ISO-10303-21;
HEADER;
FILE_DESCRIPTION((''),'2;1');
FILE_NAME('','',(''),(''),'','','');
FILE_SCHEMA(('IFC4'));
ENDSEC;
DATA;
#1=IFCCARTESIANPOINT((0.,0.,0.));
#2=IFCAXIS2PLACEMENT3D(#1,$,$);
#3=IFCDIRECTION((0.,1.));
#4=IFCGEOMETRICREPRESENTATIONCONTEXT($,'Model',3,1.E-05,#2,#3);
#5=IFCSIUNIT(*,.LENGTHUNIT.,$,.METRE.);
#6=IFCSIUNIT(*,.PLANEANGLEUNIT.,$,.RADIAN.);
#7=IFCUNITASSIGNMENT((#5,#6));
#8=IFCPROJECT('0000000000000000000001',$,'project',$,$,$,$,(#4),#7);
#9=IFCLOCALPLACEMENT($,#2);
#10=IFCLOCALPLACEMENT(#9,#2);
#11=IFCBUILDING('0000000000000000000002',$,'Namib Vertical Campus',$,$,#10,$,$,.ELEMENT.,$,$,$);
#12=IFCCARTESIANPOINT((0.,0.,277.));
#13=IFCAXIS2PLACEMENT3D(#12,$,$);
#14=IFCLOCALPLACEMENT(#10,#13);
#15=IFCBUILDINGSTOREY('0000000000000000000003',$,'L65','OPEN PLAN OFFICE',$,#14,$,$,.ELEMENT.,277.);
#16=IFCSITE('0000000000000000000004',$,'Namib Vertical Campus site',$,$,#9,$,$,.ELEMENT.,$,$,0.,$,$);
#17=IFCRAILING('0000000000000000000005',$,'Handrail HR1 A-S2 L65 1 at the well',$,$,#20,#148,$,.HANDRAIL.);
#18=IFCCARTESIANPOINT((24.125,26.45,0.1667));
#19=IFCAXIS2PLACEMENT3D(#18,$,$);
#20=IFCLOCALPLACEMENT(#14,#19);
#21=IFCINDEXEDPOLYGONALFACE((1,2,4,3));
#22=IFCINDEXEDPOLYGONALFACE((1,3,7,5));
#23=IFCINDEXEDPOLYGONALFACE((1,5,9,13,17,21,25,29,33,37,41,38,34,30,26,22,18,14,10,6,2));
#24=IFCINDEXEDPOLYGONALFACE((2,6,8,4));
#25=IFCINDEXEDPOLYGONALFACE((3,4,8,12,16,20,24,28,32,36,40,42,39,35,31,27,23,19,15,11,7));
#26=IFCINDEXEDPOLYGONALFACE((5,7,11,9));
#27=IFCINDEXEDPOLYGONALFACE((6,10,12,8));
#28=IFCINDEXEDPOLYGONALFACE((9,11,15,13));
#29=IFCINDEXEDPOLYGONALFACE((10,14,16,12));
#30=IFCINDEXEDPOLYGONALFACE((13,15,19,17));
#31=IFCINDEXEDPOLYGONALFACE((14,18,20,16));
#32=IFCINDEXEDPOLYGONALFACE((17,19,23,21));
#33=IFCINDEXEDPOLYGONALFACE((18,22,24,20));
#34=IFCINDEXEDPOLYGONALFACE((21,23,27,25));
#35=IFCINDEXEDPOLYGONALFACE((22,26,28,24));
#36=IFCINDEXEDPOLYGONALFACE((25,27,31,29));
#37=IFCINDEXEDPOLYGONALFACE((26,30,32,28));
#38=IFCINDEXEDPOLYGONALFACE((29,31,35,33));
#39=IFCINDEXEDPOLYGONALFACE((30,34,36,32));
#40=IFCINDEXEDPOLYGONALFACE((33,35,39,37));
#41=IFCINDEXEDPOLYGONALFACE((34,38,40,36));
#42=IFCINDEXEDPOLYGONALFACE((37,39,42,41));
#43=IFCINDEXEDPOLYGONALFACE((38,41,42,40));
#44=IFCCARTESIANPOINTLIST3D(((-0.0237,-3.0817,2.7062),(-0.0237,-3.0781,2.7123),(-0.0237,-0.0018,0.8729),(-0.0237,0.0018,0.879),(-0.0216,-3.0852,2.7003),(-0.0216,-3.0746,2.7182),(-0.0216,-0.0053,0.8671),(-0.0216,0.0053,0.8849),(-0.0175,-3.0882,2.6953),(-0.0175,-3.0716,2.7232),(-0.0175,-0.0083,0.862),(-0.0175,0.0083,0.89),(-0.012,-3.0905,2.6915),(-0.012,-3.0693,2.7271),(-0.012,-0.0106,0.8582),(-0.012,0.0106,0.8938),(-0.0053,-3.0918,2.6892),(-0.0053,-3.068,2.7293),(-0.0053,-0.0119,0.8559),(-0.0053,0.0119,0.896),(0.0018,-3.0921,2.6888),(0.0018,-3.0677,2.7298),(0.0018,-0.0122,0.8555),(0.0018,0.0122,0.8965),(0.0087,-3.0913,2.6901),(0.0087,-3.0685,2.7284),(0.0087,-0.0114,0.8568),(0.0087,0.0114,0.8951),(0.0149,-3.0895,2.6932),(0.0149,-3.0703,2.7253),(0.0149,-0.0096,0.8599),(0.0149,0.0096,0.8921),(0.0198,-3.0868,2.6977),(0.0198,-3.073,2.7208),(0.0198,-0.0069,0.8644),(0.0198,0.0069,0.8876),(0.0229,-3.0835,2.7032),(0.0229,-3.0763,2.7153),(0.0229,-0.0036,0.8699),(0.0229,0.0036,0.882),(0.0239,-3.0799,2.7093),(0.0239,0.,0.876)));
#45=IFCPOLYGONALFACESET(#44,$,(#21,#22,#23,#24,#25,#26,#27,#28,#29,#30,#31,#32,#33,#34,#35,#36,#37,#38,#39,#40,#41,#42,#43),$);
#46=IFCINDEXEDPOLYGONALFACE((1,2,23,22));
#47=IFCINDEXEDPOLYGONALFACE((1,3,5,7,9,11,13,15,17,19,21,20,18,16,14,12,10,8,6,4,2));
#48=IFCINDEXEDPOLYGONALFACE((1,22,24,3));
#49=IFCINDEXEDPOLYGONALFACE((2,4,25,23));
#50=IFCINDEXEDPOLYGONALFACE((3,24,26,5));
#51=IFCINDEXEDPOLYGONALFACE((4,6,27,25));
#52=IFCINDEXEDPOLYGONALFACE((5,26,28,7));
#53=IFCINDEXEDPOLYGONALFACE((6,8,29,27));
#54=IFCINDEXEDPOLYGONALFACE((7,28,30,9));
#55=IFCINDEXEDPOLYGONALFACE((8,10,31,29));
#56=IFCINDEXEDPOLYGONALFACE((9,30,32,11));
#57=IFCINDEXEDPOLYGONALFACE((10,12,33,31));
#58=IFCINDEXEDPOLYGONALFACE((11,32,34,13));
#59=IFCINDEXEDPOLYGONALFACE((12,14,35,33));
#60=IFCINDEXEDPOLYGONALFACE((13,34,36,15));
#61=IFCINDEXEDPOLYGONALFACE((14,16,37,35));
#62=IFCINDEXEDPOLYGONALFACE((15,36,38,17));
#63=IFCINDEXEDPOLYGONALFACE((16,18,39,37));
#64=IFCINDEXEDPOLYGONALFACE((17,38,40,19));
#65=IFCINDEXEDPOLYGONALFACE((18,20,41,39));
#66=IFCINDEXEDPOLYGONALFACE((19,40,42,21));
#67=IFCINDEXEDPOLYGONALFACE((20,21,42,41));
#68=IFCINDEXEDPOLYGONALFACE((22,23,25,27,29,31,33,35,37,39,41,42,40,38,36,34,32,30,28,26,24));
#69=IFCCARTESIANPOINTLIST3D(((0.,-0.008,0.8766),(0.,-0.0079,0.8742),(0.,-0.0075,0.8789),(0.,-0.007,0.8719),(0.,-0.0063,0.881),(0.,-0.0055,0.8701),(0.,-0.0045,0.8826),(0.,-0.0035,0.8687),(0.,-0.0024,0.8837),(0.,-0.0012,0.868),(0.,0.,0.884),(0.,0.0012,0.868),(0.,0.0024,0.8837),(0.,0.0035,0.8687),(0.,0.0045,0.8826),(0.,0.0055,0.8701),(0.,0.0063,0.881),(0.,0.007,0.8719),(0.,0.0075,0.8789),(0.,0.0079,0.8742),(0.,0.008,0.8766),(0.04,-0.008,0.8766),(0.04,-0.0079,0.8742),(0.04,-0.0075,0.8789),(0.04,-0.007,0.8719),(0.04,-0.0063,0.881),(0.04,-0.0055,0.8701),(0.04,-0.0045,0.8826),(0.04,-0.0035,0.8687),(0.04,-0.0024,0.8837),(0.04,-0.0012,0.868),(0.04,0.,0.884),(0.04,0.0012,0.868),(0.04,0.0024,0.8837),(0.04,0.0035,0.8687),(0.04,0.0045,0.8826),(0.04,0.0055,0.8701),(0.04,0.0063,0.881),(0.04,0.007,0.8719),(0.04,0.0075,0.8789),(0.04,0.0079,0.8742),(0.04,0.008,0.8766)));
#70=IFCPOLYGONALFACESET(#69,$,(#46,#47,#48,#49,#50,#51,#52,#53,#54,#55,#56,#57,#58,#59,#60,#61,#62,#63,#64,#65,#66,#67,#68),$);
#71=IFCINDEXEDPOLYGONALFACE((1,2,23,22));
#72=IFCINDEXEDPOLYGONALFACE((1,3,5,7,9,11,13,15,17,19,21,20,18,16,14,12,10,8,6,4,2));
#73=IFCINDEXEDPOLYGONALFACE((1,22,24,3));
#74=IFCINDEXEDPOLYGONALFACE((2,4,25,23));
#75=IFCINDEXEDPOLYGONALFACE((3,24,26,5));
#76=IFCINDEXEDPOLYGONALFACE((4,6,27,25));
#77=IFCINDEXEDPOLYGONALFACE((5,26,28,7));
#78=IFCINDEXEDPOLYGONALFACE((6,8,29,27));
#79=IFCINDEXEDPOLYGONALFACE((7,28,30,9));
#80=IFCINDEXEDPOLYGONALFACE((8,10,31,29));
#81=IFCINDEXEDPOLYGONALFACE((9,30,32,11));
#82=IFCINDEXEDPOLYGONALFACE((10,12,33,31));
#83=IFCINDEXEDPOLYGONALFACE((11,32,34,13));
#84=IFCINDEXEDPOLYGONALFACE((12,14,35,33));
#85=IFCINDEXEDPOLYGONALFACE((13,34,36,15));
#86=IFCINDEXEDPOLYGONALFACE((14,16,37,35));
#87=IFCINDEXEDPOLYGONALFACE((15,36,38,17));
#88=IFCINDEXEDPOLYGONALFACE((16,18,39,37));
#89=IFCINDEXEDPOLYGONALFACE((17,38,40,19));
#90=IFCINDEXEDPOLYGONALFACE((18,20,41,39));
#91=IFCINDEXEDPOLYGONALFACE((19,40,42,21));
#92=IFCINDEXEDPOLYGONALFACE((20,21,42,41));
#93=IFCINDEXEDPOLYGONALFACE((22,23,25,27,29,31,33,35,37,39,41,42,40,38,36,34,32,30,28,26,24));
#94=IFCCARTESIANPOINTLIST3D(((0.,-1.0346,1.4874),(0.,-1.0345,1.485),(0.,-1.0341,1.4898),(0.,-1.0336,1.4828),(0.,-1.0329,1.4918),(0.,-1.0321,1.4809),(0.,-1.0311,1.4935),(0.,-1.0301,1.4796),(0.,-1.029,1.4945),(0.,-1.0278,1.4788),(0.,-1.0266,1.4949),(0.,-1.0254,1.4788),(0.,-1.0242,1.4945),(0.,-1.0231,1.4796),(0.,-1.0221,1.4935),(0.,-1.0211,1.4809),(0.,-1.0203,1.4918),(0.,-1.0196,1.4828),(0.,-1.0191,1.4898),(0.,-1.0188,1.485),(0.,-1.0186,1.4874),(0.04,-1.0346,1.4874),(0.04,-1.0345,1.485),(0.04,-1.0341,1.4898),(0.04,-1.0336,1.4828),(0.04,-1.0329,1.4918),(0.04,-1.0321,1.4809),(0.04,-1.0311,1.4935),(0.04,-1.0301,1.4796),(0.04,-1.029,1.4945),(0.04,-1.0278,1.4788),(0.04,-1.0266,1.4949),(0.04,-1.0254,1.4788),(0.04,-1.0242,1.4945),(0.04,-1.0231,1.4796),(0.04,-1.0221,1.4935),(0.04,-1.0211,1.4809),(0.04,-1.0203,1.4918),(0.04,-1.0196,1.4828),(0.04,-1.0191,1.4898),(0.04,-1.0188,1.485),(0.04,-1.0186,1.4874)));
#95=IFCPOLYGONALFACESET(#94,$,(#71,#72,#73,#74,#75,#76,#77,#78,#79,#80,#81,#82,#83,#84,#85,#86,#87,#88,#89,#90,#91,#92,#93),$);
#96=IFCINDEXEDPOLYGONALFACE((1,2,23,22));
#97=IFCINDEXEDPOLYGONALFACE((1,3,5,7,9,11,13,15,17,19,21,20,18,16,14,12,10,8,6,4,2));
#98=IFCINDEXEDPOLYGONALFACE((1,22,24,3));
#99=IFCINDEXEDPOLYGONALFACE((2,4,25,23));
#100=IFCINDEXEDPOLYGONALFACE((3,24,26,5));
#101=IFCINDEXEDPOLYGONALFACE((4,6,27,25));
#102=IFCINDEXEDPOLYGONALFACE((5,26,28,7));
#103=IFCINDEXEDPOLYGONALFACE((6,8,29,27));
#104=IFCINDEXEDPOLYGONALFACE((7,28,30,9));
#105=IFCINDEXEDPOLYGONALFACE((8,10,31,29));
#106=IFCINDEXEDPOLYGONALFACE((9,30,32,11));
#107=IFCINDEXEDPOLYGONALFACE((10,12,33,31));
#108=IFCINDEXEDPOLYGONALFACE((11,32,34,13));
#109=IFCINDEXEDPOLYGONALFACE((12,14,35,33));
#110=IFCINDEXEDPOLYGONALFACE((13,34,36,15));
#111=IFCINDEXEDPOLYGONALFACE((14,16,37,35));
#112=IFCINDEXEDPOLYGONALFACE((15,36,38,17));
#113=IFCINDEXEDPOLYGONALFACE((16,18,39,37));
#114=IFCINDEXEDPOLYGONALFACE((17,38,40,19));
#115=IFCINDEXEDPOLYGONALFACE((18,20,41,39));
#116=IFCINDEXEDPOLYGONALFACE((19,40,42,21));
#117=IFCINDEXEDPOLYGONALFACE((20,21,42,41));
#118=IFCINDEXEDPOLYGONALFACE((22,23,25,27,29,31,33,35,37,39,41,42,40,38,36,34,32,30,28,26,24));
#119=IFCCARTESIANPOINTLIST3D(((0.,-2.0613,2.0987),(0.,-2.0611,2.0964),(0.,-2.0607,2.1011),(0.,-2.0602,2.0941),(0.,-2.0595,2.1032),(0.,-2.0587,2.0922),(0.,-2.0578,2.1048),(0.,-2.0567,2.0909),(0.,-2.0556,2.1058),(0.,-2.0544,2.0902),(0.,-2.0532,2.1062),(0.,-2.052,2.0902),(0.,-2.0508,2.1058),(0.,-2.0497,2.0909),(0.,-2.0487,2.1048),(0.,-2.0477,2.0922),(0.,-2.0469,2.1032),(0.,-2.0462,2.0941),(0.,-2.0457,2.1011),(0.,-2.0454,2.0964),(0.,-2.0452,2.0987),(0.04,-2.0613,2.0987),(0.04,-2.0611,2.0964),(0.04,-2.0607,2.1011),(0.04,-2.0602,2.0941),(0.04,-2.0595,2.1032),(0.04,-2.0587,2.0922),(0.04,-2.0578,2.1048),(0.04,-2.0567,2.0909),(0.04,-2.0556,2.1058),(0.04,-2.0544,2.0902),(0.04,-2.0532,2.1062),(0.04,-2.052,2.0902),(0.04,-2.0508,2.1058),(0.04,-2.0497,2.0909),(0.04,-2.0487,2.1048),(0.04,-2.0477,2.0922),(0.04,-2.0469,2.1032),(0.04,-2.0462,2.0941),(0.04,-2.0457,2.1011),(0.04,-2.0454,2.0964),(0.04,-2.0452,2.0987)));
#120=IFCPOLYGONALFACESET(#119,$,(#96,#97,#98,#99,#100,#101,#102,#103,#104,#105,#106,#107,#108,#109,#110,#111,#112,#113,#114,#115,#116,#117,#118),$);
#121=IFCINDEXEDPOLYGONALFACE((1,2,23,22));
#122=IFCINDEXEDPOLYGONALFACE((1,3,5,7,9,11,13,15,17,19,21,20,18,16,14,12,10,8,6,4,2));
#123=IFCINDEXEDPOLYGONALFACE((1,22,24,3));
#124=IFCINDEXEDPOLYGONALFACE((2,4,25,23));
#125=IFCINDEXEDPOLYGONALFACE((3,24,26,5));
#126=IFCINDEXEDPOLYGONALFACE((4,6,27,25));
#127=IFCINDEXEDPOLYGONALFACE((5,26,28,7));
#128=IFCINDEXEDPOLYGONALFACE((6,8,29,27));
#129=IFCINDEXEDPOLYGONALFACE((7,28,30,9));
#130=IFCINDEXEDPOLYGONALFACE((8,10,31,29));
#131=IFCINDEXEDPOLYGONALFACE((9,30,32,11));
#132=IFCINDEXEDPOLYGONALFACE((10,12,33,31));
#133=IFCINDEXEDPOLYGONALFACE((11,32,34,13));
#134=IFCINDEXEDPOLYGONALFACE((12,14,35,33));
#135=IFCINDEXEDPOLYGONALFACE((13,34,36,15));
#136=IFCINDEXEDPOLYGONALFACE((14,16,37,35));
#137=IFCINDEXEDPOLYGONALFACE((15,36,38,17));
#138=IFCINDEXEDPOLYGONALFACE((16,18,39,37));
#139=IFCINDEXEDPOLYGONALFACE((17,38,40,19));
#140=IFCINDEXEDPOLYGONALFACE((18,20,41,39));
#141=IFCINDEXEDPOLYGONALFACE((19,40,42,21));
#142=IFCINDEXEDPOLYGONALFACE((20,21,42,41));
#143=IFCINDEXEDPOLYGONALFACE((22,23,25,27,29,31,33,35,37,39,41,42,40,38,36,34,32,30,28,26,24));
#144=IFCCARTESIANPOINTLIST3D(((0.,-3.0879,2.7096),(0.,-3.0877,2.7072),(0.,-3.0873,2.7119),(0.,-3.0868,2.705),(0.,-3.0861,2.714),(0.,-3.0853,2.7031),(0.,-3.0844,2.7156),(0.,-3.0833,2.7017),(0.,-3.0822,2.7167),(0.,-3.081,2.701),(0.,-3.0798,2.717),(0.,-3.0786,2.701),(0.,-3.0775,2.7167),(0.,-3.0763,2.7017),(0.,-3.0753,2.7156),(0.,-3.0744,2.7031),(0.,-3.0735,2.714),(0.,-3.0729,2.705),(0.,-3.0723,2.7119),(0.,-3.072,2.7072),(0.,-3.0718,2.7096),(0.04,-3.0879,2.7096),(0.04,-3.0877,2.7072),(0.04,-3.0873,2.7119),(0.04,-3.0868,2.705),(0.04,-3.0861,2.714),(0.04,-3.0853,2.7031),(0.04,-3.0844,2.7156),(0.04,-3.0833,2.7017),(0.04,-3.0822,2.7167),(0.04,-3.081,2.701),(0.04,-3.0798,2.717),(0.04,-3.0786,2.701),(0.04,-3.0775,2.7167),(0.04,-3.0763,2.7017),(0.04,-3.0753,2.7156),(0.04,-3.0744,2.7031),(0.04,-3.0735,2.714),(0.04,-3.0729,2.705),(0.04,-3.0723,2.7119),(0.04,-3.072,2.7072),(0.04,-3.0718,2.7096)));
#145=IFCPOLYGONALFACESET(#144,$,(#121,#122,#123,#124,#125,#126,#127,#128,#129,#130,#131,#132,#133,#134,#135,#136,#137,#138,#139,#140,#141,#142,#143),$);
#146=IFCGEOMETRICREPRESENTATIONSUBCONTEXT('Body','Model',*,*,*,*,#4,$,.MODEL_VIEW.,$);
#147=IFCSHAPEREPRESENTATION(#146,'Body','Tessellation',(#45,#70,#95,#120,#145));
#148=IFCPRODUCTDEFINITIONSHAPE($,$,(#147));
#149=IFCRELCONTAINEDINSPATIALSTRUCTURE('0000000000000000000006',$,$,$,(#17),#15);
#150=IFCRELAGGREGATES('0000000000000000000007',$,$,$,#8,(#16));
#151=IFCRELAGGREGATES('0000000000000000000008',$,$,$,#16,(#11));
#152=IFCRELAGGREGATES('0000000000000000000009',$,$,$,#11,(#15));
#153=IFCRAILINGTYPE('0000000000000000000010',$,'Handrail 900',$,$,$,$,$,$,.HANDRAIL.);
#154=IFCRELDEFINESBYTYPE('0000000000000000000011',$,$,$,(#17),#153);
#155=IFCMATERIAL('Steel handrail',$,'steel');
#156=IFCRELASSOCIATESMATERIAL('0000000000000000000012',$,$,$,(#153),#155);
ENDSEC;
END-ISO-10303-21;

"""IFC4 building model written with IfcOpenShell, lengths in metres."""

from ifc_helpers import new_model, si_unit, direction, frame, origin, origin_2d, place, context, subcontext, project, spatial, circle, extrude, material, type_object, element, save


model = new_model("IFC4")

# Units and contexts
model_context = context("Model", 3, precision=1e-05, world=origin(), true_north=direction((0.0, 1.0)))
body_context = subcontext(model_context, "Body", "Model", "MODEL_VIEW")
ifc_project = project(units=[si_unit("LENGTHUNIT", "METRE"), si_unit("PLANEANGLEUNIT", "RADIAN")], contexts=[model_context])

# Site, building, storey
site_placement = place(None, origin())
site = spatial("IfcSite", under=ifc_project, at=site_placement, Name="Namib Vertical Campus site", CompositionType="ELEMENT", RefElevation=0.0)
building_placement = place(site_placement, origin())
building = spatial("IfcBuilding", under=site, at=building_placement, Name="Namib Vertical Campus", CompositionType="ELEMENT")
storey_placement = place(building_placement, frame((0.0, 0.0, 277.0)))
storey = spatial("IfcBuildingStorey", under=building, at=storey_placement, Name="L65", Description="OPEN PLAN OFFICE", CompositionType="ELEMENT", Elevation=277.0)

# Railing
ifc_material_1 = material(Name="Steel handrail", Category="steel")
railing_type_1 = type_object("IfcRailingType", Name="Handrail 900", PredefinedType="HANDRAIL", material=ifc_material_1)
railing_1_placement = place(storey_placement, frame((24.125, 26.45, 0.1667)))
element("IfcRailing", 1, at=railing_1_placement, inside=storey, type_object=railing_type_1, Name="Handrail HR1 A-S2 L65 1 at the well", PredefinedType="HANDRAIL", context=body_context, shape_type="SweptSolid", body=[
    extrude(circle(Radius=0.0239, at=origin_2d()), frame((0.0, 0.0, 0.876), z_axis=(0.0, -0.859291, 0.511487), x_axis=(1.0, 0.0, 0.0)), (0.0, 0.0, 1.0), 3.5842),
    extrude(circle(Radius=0.0081, at=origin_2d()), frame((0.0, 0.0, 0.876), z_axis=(1.0, 0.0, 0.0), x_axis=(0.0, 0.0, 1.0)), (0.0, 0.0, 1.0), 0.04),
    extrude(circle(Radius=0.0081, at=origin_2d()), frame((0.0, -1.0266, 1.4868), z_axis=(1.0, 0.0, 0.0), x_axis=(0.0, 0.0, 1.0)), (0.0, 0.0, 1.0), 0.04),
    extrude(circle(Radius=0.0081, at=origin_2d()), frame((0.0, -2.0532, 2.0981), z_axis=(1.0, 0.0, 0.0), x_axis=(0.0, 0.0, 1.0)), (0.0, 0.0, 1.0), 0.04),
    extrude(circle(Radius=0.0081, at=origin_2d()), frame((0.0, -3.0798, 2.709), z_axis=(1.0, 0.0, 0.0), x_axis=(0.0, 0.0, 1.0)), (0.0, 0.0, 1.0), 0.04),
])

save(model, "model.ifc")
